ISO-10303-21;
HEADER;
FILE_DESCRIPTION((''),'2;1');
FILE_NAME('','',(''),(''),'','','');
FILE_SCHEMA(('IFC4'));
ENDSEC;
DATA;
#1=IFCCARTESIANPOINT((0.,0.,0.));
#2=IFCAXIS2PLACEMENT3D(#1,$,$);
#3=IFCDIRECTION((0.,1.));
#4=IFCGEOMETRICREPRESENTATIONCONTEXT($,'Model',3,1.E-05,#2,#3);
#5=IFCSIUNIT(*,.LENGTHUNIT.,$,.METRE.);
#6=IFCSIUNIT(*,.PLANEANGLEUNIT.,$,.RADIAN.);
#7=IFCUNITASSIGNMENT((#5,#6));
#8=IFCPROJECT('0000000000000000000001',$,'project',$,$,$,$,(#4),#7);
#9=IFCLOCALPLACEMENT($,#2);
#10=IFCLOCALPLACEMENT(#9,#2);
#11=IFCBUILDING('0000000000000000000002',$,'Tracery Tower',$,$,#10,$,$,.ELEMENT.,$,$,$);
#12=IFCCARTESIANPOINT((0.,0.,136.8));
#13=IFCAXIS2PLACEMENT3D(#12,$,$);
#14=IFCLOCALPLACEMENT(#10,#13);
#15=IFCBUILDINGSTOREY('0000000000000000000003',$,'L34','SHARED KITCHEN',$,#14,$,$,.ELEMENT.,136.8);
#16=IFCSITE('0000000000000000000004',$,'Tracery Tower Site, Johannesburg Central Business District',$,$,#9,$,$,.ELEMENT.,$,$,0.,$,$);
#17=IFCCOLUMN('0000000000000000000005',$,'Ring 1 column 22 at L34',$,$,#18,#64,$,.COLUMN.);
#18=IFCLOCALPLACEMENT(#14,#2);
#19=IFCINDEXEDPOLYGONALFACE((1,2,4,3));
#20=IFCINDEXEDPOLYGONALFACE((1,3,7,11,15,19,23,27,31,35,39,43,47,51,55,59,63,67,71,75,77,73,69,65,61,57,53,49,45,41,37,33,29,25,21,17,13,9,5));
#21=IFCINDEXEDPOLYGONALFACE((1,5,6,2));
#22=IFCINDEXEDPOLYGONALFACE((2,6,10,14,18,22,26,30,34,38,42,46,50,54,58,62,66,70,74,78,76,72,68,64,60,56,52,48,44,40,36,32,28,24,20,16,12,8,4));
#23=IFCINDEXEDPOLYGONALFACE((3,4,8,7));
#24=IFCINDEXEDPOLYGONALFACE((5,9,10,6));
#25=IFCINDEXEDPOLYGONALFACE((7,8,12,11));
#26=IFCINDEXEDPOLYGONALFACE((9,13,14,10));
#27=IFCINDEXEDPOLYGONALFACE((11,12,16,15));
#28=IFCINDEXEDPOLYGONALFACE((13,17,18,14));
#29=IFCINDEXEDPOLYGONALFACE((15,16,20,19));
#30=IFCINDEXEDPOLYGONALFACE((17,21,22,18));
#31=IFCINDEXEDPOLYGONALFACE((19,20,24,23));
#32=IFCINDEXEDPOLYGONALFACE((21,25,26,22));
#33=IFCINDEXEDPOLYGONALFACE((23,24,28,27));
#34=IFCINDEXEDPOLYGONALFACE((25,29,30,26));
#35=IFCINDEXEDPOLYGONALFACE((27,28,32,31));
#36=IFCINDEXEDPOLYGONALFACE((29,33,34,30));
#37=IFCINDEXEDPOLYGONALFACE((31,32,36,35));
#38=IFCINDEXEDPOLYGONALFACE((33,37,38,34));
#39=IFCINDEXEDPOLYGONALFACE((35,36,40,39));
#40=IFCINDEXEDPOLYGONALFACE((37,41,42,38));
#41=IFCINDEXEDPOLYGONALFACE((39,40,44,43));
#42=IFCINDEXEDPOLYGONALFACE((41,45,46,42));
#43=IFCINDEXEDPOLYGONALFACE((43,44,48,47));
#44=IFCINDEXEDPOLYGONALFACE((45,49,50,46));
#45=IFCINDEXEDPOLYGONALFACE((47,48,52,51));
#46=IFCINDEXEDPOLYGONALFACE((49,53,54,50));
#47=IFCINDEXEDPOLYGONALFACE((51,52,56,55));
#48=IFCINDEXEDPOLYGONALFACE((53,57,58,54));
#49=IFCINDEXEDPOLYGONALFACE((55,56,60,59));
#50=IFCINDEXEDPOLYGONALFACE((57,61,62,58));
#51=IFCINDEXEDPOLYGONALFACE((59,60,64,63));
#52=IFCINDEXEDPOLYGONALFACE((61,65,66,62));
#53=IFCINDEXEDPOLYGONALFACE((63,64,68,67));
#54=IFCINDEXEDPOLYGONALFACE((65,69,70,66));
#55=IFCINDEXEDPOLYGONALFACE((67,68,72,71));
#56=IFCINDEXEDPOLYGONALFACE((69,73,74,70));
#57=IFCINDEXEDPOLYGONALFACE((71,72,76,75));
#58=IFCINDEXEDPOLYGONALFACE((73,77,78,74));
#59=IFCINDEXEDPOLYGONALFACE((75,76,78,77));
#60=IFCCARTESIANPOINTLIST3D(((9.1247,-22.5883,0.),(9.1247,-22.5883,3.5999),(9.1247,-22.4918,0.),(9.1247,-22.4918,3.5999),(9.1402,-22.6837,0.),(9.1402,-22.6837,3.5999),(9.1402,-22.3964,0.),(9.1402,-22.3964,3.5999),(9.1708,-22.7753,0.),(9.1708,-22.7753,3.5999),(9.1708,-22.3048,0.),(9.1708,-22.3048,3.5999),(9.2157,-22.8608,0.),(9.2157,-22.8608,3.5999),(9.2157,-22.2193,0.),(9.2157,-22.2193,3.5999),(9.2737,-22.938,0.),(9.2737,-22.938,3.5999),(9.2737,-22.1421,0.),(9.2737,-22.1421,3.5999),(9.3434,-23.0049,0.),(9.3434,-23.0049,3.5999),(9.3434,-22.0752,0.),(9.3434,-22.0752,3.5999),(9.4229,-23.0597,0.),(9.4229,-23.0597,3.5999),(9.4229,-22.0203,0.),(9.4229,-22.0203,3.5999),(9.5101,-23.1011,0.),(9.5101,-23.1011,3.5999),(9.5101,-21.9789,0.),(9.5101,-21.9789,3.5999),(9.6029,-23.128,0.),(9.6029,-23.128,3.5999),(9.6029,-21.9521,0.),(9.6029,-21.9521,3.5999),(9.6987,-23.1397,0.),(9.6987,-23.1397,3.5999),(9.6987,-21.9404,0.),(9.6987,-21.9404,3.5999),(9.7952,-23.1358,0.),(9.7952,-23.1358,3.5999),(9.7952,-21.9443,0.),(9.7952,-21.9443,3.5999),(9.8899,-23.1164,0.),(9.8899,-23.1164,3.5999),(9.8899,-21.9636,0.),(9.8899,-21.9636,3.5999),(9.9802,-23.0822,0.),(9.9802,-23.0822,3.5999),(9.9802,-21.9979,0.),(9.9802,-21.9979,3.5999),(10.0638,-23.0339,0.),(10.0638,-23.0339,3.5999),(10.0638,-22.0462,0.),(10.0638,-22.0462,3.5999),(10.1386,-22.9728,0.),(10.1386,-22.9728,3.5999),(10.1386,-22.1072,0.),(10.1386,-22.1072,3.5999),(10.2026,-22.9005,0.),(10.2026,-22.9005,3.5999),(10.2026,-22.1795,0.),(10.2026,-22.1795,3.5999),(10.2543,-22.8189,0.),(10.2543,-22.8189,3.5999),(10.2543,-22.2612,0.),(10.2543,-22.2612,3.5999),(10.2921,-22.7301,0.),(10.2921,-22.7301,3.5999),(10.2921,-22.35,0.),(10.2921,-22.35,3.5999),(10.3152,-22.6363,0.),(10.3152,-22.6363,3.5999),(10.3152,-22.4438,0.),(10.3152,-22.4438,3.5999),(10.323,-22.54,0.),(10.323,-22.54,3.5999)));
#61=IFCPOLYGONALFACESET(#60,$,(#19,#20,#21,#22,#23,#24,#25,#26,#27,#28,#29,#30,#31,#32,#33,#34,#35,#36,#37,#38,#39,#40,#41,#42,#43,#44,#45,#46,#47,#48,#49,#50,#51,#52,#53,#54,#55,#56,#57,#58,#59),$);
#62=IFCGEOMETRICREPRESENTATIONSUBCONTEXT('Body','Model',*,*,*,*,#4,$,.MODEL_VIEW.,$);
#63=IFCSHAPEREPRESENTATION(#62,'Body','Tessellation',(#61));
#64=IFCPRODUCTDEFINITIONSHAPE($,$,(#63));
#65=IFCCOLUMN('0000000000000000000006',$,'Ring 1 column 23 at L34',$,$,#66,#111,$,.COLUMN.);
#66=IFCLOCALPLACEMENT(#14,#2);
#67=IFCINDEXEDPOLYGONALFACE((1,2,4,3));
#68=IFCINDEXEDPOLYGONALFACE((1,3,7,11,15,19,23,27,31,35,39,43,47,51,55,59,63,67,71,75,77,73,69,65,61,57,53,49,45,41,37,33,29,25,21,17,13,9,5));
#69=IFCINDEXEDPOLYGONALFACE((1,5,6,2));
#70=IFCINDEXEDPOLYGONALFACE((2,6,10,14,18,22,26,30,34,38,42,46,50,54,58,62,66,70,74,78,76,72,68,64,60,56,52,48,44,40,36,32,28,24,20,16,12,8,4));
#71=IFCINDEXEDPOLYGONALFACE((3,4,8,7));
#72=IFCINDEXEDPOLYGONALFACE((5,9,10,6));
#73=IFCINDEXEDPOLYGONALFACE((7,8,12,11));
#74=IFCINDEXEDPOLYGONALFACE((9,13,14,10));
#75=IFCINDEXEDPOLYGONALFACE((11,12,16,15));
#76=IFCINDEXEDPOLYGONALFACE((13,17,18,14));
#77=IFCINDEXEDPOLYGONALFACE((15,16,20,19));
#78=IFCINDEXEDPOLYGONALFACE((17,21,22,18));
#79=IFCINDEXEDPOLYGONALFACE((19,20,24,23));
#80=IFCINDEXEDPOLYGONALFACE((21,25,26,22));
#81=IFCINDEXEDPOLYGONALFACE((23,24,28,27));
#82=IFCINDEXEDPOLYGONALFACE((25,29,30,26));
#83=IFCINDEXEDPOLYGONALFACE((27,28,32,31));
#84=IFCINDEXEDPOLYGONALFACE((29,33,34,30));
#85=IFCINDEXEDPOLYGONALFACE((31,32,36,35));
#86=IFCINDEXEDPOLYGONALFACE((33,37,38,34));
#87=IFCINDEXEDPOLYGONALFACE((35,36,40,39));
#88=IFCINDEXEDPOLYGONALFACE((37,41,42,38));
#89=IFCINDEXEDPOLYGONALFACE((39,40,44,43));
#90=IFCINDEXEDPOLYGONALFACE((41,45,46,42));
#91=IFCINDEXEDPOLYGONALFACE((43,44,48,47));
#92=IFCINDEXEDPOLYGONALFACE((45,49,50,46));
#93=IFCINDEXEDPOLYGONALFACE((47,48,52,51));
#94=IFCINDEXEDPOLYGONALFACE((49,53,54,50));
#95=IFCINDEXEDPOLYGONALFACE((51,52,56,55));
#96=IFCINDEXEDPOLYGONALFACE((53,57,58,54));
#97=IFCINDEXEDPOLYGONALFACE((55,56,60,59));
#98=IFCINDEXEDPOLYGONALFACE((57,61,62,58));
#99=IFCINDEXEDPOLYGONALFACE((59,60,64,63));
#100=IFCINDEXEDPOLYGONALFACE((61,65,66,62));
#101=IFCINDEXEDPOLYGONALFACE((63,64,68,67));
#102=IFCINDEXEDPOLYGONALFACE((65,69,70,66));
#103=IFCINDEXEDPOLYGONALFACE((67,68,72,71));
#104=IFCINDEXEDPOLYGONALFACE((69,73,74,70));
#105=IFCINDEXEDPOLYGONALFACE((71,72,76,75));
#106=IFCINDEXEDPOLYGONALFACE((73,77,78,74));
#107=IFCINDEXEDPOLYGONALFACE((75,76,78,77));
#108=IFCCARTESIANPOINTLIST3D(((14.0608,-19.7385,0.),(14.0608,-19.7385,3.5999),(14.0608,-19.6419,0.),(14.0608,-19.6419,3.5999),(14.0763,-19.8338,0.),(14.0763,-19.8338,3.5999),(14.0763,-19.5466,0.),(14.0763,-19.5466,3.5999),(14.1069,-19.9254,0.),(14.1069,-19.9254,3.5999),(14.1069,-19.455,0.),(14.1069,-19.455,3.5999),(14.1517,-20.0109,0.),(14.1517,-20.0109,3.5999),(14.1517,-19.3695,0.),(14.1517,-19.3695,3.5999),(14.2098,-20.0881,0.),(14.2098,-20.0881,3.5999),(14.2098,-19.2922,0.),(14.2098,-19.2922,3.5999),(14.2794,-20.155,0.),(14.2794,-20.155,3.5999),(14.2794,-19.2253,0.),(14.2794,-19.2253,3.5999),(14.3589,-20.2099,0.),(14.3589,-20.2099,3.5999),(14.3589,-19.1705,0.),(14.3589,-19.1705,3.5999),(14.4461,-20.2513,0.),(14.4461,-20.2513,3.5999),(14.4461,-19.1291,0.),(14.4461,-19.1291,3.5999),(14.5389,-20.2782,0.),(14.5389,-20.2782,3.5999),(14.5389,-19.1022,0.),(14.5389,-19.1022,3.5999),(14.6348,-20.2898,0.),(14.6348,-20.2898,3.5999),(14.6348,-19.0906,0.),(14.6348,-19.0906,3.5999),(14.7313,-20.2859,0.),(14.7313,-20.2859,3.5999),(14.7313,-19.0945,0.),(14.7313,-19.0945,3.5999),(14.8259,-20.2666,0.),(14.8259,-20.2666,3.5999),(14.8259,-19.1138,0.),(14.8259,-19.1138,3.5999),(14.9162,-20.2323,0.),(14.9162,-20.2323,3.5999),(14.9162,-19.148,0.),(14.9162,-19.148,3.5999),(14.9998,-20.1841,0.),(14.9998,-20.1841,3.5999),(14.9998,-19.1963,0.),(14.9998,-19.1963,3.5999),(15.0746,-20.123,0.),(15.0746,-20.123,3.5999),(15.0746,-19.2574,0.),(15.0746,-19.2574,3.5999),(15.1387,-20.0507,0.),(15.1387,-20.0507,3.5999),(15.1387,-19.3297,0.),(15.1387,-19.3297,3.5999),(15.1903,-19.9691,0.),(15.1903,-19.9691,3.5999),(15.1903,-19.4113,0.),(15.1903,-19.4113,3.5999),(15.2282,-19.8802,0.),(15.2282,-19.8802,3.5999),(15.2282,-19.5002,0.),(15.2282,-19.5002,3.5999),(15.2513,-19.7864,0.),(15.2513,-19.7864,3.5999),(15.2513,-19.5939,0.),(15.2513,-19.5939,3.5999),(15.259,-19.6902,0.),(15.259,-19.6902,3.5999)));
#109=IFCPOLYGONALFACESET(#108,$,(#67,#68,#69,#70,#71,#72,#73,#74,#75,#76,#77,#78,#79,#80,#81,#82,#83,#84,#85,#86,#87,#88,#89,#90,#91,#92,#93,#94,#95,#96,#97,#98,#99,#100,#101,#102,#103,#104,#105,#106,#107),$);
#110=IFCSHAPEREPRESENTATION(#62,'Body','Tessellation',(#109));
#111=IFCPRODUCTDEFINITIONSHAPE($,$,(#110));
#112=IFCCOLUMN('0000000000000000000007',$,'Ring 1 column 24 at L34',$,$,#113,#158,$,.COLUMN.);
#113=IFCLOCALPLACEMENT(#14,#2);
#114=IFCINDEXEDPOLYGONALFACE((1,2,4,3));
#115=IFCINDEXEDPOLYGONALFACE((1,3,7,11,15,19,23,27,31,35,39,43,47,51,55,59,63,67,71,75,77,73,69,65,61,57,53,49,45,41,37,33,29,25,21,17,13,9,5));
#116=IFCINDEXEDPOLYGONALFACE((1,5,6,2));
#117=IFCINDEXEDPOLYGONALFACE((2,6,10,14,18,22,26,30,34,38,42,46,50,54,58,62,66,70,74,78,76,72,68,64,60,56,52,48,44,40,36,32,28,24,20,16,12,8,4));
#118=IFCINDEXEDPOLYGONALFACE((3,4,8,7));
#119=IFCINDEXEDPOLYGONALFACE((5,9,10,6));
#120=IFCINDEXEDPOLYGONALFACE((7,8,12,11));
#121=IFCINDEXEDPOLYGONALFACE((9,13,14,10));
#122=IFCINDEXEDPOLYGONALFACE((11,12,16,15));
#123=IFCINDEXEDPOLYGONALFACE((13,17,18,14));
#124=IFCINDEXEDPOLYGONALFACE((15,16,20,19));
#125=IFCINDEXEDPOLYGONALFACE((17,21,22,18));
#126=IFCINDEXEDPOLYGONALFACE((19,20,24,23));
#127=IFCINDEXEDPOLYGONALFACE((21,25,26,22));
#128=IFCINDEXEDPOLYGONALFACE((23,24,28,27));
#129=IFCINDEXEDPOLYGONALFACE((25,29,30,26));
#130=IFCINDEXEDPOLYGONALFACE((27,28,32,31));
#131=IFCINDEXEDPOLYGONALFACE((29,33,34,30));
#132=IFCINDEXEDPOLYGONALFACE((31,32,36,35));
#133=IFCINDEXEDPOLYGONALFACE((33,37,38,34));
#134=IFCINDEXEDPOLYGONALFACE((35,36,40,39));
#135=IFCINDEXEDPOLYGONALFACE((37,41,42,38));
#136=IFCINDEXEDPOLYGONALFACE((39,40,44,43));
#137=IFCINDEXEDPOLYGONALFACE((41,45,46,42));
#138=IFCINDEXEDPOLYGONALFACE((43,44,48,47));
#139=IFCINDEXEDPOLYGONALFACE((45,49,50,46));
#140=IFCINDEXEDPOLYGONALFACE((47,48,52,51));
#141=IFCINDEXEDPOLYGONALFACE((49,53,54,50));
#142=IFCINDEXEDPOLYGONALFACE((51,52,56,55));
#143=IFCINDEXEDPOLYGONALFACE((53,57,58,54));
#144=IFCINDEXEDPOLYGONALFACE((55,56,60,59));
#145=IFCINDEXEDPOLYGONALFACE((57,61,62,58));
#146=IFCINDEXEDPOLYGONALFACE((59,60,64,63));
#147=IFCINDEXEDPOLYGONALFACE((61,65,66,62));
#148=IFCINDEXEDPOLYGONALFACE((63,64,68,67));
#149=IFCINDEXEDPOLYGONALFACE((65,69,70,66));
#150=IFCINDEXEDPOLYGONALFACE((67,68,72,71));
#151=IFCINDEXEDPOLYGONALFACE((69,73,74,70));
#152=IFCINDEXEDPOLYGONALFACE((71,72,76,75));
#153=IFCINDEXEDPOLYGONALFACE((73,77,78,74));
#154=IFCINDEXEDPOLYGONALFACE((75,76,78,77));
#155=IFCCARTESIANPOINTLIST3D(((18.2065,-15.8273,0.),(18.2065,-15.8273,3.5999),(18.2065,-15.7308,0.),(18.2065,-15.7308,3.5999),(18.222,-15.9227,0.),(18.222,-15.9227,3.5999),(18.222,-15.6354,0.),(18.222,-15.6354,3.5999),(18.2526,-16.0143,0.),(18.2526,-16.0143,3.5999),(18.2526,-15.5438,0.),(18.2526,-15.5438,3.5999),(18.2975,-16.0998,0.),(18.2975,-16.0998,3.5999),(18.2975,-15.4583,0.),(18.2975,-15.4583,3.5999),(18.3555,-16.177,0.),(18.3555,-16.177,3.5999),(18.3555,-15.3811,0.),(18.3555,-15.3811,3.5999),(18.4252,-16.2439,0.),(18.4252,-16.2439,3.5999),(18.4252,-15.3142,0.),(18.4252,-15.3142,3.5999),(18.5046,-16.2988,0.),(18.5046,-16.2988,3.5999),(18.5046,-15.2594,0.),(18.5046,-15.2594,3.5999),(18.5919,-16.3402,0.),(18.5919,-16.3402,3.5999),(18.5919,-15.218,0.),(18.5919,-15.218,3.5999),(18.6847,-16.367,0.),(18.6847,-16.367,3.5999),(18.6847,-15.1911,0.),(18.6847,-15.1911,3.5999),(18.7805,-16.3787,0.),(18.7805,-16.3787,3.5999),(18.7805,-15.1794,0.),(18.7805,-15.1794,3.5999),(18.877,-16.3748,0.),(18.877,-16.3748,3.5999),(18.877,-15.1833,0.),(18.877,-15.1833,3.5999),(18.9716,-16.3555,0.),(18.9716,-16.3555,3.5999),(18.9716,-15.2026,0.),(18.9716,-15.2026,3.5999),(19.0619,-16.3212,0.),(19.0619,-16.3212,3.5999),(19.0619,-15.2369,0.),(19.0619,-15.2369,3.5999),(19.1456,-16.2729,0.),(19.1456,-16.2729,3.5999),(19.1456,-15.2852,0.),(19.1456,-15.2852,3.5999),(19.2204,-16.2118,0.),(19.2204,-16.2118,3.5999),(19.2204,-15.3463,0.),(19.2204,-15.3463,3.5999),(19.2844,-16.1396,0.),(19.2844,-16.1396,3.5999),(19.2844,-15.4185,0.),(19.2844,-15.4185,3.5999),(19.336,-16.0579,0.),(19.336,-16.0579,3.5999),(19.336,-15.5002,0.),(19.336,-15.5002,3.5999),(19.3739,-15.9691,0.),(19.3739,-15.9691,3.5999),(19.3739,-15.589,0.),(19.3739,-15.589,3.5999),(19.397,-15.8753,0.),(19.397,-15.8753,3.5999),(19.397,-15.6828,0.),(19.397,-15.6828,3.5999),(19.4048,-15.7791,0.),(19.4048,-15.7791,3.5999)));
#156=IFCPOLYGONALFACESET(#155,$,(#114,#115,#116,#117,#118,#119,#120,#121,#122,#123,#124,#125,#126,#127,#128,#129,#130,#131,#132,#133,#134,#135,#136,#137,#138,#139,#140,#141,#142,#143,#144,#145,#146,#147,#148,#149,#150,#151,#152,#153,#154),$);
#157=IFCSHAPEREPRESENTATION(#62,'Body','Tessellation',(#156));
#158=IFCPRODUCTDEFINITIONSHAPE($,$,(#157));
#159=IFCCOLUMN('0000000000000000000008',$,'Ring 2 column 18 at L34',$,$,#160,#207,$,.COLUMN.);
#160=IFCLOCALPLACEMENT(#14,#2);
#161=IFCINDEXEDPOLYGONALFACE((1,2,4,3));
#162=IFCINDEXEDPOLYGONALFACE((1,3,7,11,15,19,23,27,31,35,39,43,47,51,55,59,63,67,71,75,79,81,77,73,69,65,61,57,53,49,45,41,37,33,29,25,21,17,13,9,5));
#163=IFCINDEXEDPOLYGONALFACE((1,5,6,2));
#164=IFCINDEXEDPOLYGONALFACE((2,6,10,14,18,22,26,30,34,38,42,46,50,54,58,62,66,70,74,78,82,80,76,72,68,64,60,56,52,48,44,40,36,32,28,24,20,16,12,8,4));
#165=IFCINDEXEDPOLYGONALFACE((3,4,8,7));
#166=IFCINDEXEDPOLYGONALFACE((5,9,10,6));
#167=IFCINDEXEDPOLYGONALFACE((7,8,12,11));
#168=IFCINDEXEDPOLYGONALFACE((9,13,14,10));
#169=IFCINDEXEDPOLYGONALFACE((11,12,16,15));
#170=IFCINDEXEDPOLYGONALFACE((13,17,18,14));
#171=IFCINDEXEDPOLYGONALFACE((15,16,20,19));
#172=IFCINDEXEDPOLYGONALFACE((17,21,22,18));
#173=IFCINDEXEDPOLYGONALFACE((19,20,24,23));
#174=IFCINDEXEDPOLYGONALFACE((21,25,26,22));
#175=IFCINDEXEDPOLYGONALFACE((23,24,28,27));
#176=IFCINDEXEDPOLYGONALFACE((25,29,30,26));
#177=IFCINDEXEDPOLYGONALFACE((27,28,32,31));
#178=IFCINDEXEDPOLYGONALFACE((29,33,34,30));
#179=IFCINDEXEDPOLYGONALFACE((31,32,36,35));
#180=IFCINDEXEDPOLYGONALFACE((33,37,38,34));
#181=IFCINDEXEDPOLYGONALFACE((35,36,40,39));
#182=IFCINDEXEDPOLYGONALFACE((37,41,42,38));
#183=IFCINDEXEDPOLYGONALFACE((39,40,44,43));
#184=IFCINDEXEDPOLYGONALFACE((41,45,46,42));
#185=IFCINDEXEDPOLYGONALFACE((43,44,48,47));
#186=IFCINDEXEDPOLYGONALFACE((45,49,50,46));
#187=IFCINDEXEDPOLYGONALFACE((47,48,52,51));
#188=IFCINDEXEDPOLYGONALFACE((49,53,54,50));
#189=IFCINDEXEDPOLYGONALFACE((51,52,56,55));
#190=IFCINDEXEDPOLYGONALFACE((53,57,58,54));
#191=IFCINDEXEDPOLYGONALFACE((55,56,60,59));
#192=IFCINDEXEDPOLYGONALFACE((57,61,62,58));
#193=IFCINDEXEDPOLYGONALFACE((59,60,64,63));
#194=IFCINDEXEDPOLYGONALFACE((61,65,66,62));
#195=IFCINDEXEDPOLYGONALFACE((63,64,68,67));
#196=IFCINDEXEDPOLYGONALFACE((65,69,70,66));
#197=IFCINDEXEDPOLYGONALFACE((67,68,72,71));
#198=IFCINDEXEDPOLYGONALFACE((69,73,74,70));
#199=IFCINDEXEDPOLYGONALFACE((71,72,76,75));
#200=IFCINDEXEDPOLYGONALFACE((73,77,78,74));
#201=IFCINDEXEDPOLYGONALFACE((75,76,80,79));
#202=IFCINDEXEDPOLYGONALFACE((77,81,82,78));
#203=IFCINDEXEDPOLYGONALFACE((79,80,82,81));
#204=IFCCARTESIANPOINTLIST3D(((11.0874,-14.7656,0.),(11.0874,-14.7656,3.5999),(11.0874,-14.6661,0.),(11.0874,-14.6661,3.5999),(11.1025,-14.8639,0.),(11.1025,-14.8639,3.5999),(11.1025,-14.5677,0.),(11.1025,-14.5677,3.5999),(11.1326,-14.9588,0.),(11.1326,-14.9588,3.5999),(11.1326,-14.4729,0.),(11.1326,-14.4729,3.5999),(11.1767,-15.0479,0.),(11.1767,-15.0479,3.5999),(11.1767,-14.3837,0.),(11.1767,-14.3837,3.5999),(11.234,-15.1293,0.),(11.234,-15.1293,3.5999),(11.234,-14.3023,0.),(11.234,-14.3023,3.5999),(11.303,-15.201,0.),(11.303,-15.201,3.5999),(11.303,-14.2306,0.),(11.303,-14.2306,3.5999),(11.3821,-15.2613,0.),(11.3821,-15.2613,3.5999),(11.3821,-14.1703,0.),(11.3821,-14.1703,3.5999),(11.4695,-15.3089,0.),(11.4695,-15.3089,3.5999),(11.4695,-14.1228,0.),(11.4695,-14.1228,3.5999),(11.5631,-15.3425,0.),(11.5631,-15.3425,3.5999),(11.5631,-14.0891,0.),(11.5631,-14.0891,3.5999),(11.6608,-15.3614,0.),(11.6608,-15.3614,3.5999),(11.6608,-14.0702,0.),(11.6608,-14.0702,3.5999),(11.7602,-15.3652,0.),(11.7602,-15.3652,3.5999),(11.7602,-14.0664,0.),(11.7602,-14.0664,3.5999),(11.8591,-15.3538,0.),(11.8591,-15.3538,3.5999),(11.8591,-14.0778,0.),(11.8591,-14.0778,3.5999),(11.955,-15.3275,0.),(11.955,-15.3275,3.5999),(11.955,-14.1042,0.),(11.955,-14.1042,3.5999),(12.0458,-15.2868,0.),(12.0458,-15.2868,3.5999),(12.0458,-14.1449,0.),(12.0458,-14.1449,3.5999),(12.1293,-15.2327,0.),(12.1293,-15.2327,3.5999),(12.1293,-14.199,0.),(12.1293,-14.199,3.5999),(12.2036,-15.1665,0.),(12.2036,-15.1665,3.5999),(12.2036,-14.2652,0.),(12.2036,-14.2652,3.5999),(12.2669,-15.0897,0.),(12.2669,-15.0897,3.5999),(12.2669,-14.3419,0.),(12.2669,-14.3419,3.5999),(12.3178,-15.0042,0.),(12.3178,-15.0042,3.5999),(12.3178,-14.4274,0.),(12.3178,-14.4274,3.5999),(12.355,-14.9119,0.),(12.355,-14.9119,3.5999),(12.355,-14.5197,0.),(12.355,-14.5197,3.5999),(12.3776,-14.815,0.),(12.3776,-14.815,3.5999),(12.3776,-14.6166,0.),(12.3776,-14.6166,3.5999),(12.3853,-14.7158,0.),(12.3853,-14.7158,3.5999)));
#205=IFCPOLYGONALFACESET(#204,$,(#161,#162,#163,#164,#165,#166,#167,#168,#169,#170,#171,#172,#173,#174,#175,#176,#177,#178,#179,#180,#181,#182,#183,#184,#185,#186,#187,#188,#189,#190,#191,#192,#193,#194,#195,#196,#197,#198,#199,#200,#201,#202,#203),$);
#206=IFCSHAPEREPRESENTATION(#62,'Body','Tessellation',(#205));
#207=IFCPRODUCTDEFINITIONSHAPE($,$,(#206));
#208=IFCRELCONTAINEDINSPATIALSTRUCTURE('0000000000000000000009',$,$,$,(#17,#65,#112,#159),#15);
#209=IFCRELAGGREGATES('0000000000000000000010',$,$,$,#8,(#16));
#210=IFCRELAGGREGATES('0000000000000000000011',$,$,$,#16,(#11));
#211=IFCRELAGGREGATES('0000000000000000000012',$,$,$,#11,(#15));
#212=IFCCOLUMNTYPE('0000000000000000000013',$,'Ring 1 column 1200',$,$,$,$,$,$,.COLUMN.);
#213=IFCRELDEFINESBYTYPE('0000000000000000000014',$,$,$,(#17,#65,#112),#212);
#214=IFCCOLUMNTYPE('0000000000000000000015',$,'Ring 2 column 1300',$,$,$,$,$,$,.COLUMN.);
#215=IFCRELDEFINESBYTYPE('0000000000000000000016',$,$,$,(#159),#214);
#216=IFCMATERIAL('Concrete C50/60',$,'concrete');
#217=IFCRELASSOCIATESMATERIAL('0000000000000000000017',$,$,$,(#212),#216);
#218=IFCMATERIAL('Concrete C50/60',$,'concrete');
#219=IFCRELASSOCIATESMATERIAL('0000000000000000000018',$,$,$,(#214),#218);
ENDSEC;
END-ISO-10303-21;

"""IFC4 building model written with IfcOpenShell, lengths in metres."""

from ifc_helpers import new_model, si_unit, direction, frame, origin, origin_2d, place, context, subcontext, project, spatial, circle, extrude, material, material_profile, profile_set, type_object, element, save


model = new_model("IFC4")

# Units and contexts
model_context = context("Model", 3, precision=1e-05, world=origin(), true_north=direction((0.0, 1.0)))
body_context = subcontext(model_context, "Body", "Model", "MODEL_VIEW")
ifc_project = project(units=[si_unit("LENGTHUNIT", "METRE"), si_unit("PLANEANGLEUNIT", "RADIAN")], contexts=[model_context])

# Site, building, storey
site_placement = place(None, origin())
site = spatial("IfcSite", under=ifc_project, at=site_placement, Name="Tracery Tower Site, Johannesburg Central Business District", CompositionType="ELEMENT", RefElevation=0.0)
building_placement = place(site_placement, origin())
building = spatial("IfcBuilding", under=site, at=building_placement, Name="Tracery Tower", CompositionType="ELEMENT")
storey_placement = place(building_placement, frame((0.0, 0.0, 136.8)))
storey = spatial("IfcBuildingStorey", under=building, at=storey_placement, Name="L34", Description="SHARED KITCHEN", CompositionType="ELEMENT", Elevation=136.8)

# Columns
ifc_material_1 = material(Name="Concrete C50/60", Category="concrete")
ifc_material_profile_1 = material_profile(ifc_material_1, circle(Radius=0.6001, at=origin_2d()), Name="RC D1200")
ifc_profile_set_1 = profile_set([ifc_material_profile_1], Name="Concrete C50/60")
column_type_1 = type_object("IfcColumnType", Name="Ring 1 column 1200", PredefinedType="COLUMN", material=ifc_profile_set_1)
for number, where, z_axis, x_axis, name in (
    (1, (9.7229, -22.54, 0.0), (0.0, 0.0, 1.0), (1.0, 0.0, 0.0), "Ring 1 column 22 at L34"),
    (2, (14.6589, -19.6902, 0.0), (0.0, 0.0, 1.0), (1.0, 0.0, 0.0), "Ring 1 column 23 at L34"),
    (3, (18.8047, -15.7791, 0.0), (0.0, 0.0, 1.0), (1.0, 0.0, 0.0), "Ring 1 column 24 at L34"),
):
    element("IfcColumn", number, at=place(storey_placement, frame(where, z_axis=z_axis, x_axis=x_axis)), inside=storey, type_object=column_type_1, Name=name, PredefinedType="COLUMN", context=body_context, shape_type="SweptSolid", body=[
        extrude(circle(Radius=0.6001, at=origin_2d()), origin(), (0.0, 0.0, 1.0), 3.5999),
    ])
ifc_material_2 = material(Name="Concrete C50/60", Category="concrete")
ifc_material_profile_2 = material_profile(ifc_material_2, circle(Radius=0.6499, at=origin_2d()), Name="RC D1300")
ifc_profile_set_2 = profile_set([ifc_material_profile_2], Name="Concrete C50/60")
column_type_2 = type_object("IfcColumnType", Name="Ring 2 column 1300", PredefinedType="COLUMN", material=ifc_profile_set_2)
column_placement = place(storey_placement, frame((11.7354, -14.7158, 0.0), z_axis=(0.0, 0.0, 1.0), x_axis=(1.0, 0.0, 0.0)))
element("IfcColumn", 4, at=column_placement, inside=storey, type_object=column_type_2, Name="Ring 2 column 18 at L34", PredefinedType="COLUMN", context=body_context, shape_type="SweptSolid", body=[
    extrude(circle(Radius=0.6499, at=origin_2d()), origin(), (0.0, 0.0, 1.0), 3.5999),
])

save(model, "model.ifc")
